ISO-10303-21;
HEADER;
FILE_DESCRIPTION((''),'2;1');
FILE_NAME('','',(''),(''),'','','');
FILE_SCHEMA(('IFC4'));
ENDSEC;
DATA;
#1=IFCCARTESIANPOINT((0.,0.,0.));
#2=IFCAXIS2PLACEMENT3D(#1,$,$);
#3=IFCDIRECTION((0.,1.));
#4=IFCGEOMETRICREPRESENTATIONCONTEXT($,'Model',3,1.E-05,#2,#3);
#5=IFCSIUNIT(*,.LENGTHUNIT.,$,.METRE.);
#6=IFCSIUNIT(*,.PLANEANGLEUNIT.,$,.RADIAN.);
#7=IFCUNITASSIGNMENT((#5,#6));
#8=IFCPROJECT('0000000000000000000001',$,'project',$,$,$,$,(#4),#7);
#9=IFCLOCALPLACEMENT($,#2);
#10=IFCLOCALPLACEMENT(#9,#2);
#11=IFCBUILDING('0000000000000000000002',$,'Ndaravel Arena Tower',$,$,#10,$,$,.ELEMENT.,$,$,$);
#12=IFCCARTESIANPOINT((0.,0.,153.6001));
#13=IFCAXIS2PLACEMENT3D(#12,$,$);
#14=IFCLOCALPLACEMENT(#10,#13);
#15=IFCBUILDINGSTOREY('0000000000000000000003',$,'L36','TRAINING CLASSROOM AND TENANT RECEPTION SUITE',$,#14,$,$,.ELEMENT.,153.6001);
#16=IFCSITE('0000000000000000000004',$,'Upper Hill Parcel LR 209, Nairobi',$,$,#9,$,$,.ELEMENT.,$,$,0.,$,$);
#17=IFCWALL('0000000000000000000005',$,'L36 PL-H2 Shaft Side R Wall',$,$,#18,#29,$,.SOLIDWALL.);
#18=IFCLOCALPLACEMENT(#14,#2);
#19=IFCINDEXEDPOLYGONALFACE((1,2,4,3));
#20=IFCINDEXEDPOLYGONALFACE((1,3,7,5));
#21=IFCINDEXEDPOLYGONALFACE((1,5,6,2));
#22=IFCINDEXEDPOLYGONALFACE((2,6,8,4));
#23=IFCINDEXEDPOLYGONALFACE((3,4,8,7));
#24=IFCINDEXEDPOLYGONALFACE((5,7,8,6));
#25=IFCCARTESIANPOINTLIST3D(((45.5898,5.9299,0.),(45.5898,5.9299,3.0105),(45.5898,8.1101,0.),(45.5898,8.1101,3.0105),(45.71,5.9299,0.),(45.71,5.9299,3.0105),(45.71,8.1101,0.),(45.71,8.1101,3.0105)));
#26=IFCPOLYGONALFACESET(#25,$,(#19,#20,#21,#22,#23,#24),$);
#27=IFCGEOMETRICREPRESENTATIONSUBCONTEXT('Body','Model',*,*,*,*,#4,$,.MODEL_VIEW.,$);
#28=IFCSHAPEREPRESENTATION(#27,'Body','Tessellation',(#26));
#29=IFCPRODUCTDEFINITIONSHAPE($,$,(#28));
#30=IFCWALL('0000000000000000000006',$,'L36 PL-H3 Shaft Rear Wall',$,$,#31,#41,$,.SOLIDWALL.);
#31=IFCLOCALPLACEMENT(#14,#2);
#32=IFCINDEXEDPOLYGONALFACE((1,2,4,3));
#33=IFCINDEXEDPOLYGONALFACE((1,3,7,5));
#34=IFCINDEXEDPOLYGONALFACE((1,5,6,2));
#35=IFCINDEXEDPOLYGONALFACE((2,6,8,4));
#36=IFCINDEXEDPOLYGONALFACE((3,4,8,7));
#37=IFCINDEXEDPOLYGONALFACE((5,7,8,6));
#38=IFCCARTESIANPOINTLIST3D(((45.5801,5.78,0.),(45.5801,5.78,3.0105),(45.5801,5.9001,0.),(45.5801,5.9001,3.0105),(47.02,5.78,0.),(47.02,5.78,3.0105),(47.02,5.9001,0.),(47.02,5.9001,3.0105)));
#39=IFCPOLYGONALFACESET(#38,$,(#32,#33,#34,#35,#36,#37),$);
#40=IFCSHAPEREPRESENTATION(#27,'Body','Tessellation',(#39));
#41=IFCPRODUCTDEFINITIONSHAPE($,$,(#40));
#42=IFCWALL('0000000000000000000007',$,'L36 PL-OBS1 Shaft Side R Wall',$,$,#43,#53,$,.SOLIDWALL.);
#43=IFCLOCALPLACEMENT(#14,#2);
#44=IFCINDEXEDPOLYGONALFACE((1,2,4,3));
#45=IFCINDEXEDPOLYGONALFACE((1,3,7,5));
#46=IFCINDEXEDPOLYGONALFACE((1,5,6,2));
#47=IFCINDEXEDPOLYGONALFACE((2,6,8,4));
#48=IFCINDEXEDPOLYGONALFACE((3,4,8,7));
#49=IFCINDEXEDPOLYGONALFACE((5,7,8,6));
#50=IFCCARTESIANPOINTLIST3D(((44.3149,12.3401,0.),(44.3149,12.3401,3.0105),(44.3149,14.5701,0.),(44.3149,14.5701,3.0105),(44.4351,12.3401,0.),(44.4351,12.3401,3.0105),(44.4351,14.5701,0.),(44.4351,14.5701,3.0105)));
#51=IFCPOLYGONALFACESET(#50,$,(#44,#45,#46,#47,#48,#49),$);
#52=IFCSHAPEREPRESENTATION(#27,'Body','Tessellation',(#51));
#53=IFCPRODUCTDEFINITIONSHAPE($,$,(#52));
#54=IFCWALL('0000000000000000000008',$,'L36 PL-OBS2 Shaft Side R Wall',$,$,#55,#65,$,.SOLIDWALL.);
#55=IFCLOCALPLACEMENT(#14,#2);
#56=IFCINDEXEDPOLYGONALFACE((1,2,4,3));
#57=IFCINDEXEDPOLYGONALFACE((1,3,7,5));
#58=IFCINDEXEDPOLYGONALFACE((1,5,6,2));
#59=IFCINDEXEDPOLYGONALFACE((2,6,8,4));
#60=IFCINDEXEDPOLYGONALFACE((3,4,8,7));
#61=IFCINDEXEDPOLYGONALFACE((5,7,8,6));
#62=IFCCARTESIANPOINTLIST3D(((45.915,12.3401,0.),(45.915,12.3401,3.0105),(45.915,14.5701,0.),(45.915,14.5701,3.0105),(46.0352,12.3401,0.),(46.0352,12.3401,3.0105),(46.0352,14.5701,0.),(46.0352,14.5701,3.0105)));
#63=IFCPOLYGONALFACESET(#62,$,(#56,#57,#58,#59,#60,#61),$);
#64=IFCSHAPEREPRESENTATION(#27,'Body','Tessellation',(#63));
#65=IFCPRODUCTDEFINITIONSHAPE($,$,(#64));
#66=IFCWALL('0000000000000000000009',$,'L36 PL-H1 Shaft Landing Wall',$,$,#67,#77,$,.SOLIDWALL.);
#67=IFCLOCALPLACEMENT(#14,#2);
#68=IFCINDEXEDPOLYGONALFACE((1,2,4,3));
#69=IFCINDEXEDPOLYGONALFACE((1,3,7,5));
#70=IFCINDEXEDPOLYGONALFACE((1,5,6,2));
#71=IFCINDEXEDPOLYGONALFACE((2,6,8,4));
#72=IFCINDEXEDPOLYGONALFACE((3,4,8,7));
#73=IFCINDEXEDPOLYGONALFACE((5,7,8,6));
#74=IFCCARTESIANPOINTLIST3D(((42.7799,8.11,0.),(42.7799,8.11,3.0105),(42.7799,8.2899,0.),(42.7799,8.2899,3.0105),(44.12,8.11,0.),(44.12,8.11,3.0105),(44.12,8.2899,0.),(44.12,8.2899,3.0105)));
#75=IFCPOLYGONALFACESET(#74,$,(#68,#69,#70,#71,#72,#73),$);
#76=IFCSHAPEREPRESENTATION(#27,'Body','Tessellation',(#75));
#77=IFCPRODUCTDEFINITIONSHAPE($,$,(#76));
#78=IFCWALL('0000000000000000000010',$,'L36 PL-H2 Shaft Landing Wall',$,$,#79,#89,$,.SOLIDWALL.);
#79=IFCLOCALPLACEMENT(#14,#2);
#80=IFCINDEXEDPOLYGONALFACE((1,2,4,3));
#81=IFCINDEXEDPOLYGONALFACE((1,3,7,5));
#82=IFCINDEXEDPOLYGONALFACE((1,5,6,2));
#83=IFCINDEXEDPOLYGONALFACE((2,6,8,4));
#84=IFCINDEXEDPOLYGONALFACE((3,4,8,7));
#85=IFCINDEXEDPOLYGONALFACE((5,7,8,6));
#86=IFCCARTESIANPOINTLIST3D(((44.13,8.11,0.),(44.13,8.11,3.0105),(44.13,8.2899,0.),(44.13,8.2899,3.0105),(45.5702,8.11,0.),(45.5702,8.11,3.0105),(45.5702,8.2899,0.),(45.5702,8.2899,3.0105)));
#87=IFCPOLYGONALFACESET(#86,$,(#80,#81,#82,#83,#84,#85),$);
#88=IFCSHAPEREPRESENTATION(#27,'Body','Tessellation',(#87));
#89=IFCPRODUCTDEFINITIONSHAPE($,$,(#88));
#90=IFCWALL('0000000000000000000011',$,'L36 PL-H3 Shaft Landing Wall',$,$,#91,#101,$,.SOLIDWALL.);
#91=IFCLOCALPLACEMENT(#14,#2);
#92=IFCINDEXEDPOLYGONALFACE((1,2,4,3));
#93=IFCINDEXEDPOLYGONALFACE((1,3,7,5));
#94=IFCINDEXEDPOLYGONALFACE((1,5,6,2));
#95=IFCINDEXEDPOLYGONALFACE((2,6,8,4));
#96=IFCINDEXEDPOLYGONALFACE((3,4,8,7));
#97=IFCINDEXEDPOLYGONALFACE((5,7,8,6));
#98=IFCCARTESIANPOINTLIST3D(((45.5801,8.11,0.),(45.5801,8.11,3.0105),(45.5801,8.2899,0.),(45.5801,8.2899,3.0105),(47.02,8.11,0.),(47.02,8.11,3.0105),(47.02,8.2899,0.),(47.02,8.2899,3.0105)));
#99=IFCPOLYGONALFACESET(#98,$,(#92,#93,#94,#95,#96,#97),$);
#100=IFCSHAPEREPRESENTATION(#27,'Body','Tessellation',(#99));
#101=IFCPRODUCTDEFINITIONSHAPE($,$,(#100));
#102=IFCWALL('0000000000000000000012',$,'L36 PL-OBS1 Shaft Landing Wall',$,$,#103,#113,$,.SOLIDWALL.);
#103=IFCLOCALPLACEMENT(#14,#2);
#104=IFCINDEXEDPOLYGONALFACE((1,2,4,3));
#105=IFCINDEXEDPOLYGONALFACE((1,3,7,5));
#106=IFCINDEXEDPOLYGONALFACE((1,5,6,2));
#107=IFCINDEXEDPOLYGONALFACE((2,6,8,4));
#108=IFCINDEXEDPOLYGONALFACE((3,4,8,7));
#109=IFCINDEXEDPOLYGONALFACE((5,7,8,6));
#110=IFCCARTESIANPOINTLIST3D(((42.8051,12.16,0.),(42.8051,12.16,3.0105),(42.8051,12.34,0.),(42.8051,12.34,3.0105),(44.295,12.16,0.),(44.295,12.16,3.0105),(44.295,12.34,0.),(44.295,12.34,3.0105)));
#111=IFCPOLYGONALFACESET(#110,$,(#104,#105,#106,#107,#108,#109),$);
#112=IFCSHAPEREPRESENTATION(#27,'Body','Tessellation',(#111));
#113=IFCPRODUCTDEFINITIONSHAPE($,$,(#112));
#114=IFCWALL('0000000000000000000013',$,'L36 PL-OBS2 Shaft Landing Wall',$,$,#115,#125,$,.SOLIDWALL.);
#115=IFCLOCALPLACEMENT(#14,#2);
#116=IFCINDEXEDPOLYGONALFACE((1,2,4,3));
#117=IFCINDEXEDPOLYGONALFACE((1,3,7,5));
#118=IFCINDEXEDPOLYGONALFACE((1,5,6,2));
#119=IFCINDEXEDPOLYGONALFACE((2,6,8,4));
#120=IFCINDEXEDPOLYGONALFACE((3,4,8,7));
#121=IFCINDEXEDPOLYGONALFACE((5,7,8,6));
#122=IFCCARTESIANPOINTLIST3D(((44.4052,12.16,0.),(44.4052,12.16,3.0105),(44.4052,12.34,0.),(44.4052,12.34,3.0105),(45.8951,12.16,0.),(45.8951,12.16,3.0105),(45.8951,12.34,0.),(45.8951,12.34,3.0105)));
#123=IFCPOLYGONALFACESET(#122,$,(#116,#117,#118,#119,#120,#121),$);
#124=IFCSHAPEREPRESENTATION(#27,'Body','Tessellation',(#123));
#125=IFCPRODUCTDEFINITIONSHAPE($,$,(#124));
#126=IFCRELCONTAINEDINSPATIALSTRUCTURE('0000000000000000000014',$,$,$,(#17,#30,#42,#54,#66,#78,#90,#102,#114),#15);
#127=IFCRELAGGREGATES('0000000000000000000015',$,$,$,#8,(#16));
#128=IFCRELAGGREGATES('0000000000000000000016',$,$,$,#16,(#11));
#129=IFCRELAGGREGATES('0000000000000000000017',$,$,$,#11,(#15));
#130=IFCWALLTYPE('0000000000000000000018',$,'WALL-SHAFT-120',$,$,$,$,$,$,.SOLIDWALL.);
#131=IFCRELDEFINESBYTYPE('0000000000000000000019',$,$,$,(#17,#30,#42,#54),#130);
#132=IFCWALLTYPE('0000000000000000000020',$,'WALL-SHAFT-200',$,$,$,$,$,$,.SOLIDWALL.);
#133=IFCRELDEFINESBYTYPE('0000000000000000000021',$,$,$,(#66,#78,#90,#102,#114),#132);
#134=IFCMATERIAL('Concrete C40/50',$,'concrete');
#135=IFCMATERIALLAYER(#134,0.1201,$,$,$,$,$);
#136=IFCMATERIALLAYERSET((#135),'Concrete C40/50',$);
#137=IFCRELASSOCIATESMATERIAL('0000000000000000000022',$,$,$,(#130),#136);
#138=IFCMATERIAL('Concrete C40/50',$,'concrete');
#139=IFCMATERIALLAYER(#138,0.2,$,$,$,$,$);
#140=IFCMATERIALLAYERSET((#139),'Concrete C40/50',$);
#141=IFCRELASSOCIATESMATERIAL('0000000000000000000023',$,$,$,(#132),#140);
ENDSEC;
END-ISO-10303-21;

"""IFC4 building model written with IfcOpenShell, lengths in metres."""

from ifc_helpers import new_model, si_unit, direction, frame, frame_2d, origin, place, context, subcontext, project, spatial, rectangle, extrude, material, layer, layer_set, type_object, element, save


model = new_model("IFC4")

# Units and contexts
model_context = context("Model", 3, precision=1e-05, world=origin(), true_north=direction((0.0, 1.0)))
body_context = subcontext(model_context, "Body", "Model", "MODEL_VIEW")
ifc_project = project(units=[si_unit("LENGTHUNIT", "METRE"), si_unit("PLANEANGLEUNIT", "RADIAN")], contexts=[model_context])

# Site, building, storey
site_placement = place(None, origin())
site = spatial("IfcSite", under=ifc_project, at=site_placement, Name="Upper Hill Parcel LR 209, Nairobi", CompositionType="ELEMENT", RefElevation=0.0)
building_placement = place(site_placement, origin())
building = spatial("IfcBuilding", under=site, at=building_placement, Name="Ndaravel Arena Tower", CompositionType="ELEMENT")
storey_placement = place(building_placement, frame((0.0, 0.0, 153.6001)))
storey = spatial("IfcBuildingStorey", under=building, at=storey_placement, Name="L36", Description="TRAINING CLASSROOM AND TENANT RECEPTION SUITE", CompositionType="ELEMENT", Elevation=153.6001)

# Walls
ifc_material_1 = material(Name="Concrete C40/50", Category="concrete")
ifc_layer_1 = layer(ifc_material_1, 0.1201)
ifc_layer_set_1 = layer_set([ifc_layer_1], Name="Concrete C40/50")
wall_type_1 = type_object("IfcWallType", Name="WALL-SHAFT-120", PredefinedType="SOLIDWALL", material=ifc_layer_set_1)
wall_1_placement = place(storey_placement, frame((45.6499, 5.9299, 0.0), z_axis=(0.0, 0.0, 1.0), x_axis=(0.0, 1.0, 0.0)))
element("IfcWall", 1, at=wall_1_placement, inside=storey, type_object=wall_type_1, Name="L36 PL-H2 Shaft Side R Wall", PredefinedType="SOLIDWALL", context=body_context, shape_type="SweptSolid", body=[
    extrude(rectangle(XDim=2.1802, YDim=0.1201, at=frame_2d((1.0901, 0.0))), origin(), (0.0, 0.0, 1.0), 3.0105),
])
wall_2_placement = place(storey_placement, frame((45.5801, 5.8401, 0.0), z_axis=(0.0, 0.0, 1.0), x_axis=(1.0, 0.0, 0.0)))
element("IfcWall", 2, at=wall_2_placement, inside=storey, type_object=wall_type_1, Name="L36 PL-H3 Shaft Rear Wall", PredefinedType="SOLIDWALL", context=body_context, shape_type="SweptSolid", body=[
    extrude(rectangle(XDim=1.4399, YDim=0.1201, at=frame_2d((0.72, 0.0))), origin(), (0.0, 0.0, 1.0), 3.0105),
])
for number, where, z_axis, x_axis, name in (
    (3, (44.375, 12.3401, 0.0), (0.0, 0.0, 1.0), (0.0, 1.0, 0.0), "L36 PL-OBS1 Shaft Side R Wall"),
    (4, (45.9751, 12.3401, 0.0), (0.0, 0.0, 1.0), (0.0, 1.0, 0.0), "L36 PL-OBS2 Shaft Side R Wall"),
):
    element("IfcWall", number, at=place(storey_placement, frame(where, z_axis=z_axis, x_axis=x_axis)), inside=storey, type_object=wall_type_1, Name=name, PredefinedType="SOLIDWALL", context=body_context, shape_type="SweptSolid", body=[
        extrude(rectangle(XDim=2.23, YDim=0.1201, at=frame_2d((1.115, 0.0))), origin(), (0.0, 0.0, 1.0), 3.0105),
    ])
ifc_material_2 = material(Name="Concrete C40/50", Category="concrete")
ifc_layer_2 = layer(ifc_material_2, 0.2)
ifc_layer_set_2 = layer_set([ifc_layer_2], Name="Concrete C40/50")
wall_type_2 = type_object("IfcWallType", Name="WALL-SHAFT-200", PredefinedType="SOLIDWALL", material=ifc_layer_set_2)
wall_3_placement = place(storey_placement, frame((42.78, 8.2, 0.0), z_axis=(0.0, 0.0, 1.0), x_axis=(1.0, 0.0, 0.0)))
element("IfcWall", 5, at=wall_3_placement, inside=storey, type_object=wall_type_2, Name="L36 PL-H1 Shaft Landing Wall", PredefinedType="SOLIDWALL", context=body_context, shape_type="SweptSolid", body=[
    extrude(rectangle(XDim=1.3401, YDim=0.1799, at=frame_2d((0.6699, 0.0))), origin(), (0.0, 0.0, 1.0), 3.0105),
])
wall_4_placement = place(storey_placement, frame((44.1299, 8.2, 0.0), z_axis=(0.0, 0.0, 1.0), x_axis=(1.0, 0.0, 0.0)))
element("IfcWall", 6, at=wall_4_placement, inside=storey, type_object=wall_type_2, Name="L36 PL-H2 Shaft Landing Wall", PredefinedType="SOLIDWALL", context=body_context, shape_type="SweptSolid", body=[
    extrude(rectangle(XDim=1.4402, YDim=0.1799, at=frame_2d((0.7202, 0.0))), origin(), (0.0, 0.0, 1.0), 3.0105),
])
wall_5_placement = place(storey_placement, frame((45.5801, 8.2, 0.0), z_axis=(0.0, 0.0, 1.0), x_axis=(1.0, 0.0, 0.0)))
element("IfcWall", 7, at=wall_5_placement, inside=storey, type_object=wall_type_2, Name="L36 PL-H3 Shaft Landing Wall", PredefinedType="SOLIDWALL", context=body_context, shape_type="SweptSolid", body=[
    extrude(rectangle(XDim=1.4399, YDim=0.1799, at=frame_2d((0.72, 0.0))), origin(), (0.0, 0.0, 1.0), 3.0105),
])
for number, where, z_axis, x_axis, name in (
    (8, (42.8049, 12.25, 0.0), (0.0, 0.0, 1.0), (1.0, 0.0, 0.0), "L36 PL-OBS1 Shaft Landing Wall"),
    (9, (44.405, 12.25, 0.0), (0.0, 0.0, 1.0), (1.0, 0.0, 0.0), "L36 PL-OBS2 Shaft Landing Wall"),
):
    element("IfcWall", number, at=place(storey_placement, frame(where, z_axis=z_axis, x_axis=x_axis)), inside=storey, type_object=wall_type_2, Name=name, PredefinedType="SOLIDWALL", context=body_context, shape_type="SweptSolid", body=[
        extrude(rectangle(XDim=1.49, YDim=0.1799, at=frame_2d((0.7451, 0.0))), origin(), (0.0, 0.0, 1.0), 3.0105),
    ])

save(model, "model.ifc")
